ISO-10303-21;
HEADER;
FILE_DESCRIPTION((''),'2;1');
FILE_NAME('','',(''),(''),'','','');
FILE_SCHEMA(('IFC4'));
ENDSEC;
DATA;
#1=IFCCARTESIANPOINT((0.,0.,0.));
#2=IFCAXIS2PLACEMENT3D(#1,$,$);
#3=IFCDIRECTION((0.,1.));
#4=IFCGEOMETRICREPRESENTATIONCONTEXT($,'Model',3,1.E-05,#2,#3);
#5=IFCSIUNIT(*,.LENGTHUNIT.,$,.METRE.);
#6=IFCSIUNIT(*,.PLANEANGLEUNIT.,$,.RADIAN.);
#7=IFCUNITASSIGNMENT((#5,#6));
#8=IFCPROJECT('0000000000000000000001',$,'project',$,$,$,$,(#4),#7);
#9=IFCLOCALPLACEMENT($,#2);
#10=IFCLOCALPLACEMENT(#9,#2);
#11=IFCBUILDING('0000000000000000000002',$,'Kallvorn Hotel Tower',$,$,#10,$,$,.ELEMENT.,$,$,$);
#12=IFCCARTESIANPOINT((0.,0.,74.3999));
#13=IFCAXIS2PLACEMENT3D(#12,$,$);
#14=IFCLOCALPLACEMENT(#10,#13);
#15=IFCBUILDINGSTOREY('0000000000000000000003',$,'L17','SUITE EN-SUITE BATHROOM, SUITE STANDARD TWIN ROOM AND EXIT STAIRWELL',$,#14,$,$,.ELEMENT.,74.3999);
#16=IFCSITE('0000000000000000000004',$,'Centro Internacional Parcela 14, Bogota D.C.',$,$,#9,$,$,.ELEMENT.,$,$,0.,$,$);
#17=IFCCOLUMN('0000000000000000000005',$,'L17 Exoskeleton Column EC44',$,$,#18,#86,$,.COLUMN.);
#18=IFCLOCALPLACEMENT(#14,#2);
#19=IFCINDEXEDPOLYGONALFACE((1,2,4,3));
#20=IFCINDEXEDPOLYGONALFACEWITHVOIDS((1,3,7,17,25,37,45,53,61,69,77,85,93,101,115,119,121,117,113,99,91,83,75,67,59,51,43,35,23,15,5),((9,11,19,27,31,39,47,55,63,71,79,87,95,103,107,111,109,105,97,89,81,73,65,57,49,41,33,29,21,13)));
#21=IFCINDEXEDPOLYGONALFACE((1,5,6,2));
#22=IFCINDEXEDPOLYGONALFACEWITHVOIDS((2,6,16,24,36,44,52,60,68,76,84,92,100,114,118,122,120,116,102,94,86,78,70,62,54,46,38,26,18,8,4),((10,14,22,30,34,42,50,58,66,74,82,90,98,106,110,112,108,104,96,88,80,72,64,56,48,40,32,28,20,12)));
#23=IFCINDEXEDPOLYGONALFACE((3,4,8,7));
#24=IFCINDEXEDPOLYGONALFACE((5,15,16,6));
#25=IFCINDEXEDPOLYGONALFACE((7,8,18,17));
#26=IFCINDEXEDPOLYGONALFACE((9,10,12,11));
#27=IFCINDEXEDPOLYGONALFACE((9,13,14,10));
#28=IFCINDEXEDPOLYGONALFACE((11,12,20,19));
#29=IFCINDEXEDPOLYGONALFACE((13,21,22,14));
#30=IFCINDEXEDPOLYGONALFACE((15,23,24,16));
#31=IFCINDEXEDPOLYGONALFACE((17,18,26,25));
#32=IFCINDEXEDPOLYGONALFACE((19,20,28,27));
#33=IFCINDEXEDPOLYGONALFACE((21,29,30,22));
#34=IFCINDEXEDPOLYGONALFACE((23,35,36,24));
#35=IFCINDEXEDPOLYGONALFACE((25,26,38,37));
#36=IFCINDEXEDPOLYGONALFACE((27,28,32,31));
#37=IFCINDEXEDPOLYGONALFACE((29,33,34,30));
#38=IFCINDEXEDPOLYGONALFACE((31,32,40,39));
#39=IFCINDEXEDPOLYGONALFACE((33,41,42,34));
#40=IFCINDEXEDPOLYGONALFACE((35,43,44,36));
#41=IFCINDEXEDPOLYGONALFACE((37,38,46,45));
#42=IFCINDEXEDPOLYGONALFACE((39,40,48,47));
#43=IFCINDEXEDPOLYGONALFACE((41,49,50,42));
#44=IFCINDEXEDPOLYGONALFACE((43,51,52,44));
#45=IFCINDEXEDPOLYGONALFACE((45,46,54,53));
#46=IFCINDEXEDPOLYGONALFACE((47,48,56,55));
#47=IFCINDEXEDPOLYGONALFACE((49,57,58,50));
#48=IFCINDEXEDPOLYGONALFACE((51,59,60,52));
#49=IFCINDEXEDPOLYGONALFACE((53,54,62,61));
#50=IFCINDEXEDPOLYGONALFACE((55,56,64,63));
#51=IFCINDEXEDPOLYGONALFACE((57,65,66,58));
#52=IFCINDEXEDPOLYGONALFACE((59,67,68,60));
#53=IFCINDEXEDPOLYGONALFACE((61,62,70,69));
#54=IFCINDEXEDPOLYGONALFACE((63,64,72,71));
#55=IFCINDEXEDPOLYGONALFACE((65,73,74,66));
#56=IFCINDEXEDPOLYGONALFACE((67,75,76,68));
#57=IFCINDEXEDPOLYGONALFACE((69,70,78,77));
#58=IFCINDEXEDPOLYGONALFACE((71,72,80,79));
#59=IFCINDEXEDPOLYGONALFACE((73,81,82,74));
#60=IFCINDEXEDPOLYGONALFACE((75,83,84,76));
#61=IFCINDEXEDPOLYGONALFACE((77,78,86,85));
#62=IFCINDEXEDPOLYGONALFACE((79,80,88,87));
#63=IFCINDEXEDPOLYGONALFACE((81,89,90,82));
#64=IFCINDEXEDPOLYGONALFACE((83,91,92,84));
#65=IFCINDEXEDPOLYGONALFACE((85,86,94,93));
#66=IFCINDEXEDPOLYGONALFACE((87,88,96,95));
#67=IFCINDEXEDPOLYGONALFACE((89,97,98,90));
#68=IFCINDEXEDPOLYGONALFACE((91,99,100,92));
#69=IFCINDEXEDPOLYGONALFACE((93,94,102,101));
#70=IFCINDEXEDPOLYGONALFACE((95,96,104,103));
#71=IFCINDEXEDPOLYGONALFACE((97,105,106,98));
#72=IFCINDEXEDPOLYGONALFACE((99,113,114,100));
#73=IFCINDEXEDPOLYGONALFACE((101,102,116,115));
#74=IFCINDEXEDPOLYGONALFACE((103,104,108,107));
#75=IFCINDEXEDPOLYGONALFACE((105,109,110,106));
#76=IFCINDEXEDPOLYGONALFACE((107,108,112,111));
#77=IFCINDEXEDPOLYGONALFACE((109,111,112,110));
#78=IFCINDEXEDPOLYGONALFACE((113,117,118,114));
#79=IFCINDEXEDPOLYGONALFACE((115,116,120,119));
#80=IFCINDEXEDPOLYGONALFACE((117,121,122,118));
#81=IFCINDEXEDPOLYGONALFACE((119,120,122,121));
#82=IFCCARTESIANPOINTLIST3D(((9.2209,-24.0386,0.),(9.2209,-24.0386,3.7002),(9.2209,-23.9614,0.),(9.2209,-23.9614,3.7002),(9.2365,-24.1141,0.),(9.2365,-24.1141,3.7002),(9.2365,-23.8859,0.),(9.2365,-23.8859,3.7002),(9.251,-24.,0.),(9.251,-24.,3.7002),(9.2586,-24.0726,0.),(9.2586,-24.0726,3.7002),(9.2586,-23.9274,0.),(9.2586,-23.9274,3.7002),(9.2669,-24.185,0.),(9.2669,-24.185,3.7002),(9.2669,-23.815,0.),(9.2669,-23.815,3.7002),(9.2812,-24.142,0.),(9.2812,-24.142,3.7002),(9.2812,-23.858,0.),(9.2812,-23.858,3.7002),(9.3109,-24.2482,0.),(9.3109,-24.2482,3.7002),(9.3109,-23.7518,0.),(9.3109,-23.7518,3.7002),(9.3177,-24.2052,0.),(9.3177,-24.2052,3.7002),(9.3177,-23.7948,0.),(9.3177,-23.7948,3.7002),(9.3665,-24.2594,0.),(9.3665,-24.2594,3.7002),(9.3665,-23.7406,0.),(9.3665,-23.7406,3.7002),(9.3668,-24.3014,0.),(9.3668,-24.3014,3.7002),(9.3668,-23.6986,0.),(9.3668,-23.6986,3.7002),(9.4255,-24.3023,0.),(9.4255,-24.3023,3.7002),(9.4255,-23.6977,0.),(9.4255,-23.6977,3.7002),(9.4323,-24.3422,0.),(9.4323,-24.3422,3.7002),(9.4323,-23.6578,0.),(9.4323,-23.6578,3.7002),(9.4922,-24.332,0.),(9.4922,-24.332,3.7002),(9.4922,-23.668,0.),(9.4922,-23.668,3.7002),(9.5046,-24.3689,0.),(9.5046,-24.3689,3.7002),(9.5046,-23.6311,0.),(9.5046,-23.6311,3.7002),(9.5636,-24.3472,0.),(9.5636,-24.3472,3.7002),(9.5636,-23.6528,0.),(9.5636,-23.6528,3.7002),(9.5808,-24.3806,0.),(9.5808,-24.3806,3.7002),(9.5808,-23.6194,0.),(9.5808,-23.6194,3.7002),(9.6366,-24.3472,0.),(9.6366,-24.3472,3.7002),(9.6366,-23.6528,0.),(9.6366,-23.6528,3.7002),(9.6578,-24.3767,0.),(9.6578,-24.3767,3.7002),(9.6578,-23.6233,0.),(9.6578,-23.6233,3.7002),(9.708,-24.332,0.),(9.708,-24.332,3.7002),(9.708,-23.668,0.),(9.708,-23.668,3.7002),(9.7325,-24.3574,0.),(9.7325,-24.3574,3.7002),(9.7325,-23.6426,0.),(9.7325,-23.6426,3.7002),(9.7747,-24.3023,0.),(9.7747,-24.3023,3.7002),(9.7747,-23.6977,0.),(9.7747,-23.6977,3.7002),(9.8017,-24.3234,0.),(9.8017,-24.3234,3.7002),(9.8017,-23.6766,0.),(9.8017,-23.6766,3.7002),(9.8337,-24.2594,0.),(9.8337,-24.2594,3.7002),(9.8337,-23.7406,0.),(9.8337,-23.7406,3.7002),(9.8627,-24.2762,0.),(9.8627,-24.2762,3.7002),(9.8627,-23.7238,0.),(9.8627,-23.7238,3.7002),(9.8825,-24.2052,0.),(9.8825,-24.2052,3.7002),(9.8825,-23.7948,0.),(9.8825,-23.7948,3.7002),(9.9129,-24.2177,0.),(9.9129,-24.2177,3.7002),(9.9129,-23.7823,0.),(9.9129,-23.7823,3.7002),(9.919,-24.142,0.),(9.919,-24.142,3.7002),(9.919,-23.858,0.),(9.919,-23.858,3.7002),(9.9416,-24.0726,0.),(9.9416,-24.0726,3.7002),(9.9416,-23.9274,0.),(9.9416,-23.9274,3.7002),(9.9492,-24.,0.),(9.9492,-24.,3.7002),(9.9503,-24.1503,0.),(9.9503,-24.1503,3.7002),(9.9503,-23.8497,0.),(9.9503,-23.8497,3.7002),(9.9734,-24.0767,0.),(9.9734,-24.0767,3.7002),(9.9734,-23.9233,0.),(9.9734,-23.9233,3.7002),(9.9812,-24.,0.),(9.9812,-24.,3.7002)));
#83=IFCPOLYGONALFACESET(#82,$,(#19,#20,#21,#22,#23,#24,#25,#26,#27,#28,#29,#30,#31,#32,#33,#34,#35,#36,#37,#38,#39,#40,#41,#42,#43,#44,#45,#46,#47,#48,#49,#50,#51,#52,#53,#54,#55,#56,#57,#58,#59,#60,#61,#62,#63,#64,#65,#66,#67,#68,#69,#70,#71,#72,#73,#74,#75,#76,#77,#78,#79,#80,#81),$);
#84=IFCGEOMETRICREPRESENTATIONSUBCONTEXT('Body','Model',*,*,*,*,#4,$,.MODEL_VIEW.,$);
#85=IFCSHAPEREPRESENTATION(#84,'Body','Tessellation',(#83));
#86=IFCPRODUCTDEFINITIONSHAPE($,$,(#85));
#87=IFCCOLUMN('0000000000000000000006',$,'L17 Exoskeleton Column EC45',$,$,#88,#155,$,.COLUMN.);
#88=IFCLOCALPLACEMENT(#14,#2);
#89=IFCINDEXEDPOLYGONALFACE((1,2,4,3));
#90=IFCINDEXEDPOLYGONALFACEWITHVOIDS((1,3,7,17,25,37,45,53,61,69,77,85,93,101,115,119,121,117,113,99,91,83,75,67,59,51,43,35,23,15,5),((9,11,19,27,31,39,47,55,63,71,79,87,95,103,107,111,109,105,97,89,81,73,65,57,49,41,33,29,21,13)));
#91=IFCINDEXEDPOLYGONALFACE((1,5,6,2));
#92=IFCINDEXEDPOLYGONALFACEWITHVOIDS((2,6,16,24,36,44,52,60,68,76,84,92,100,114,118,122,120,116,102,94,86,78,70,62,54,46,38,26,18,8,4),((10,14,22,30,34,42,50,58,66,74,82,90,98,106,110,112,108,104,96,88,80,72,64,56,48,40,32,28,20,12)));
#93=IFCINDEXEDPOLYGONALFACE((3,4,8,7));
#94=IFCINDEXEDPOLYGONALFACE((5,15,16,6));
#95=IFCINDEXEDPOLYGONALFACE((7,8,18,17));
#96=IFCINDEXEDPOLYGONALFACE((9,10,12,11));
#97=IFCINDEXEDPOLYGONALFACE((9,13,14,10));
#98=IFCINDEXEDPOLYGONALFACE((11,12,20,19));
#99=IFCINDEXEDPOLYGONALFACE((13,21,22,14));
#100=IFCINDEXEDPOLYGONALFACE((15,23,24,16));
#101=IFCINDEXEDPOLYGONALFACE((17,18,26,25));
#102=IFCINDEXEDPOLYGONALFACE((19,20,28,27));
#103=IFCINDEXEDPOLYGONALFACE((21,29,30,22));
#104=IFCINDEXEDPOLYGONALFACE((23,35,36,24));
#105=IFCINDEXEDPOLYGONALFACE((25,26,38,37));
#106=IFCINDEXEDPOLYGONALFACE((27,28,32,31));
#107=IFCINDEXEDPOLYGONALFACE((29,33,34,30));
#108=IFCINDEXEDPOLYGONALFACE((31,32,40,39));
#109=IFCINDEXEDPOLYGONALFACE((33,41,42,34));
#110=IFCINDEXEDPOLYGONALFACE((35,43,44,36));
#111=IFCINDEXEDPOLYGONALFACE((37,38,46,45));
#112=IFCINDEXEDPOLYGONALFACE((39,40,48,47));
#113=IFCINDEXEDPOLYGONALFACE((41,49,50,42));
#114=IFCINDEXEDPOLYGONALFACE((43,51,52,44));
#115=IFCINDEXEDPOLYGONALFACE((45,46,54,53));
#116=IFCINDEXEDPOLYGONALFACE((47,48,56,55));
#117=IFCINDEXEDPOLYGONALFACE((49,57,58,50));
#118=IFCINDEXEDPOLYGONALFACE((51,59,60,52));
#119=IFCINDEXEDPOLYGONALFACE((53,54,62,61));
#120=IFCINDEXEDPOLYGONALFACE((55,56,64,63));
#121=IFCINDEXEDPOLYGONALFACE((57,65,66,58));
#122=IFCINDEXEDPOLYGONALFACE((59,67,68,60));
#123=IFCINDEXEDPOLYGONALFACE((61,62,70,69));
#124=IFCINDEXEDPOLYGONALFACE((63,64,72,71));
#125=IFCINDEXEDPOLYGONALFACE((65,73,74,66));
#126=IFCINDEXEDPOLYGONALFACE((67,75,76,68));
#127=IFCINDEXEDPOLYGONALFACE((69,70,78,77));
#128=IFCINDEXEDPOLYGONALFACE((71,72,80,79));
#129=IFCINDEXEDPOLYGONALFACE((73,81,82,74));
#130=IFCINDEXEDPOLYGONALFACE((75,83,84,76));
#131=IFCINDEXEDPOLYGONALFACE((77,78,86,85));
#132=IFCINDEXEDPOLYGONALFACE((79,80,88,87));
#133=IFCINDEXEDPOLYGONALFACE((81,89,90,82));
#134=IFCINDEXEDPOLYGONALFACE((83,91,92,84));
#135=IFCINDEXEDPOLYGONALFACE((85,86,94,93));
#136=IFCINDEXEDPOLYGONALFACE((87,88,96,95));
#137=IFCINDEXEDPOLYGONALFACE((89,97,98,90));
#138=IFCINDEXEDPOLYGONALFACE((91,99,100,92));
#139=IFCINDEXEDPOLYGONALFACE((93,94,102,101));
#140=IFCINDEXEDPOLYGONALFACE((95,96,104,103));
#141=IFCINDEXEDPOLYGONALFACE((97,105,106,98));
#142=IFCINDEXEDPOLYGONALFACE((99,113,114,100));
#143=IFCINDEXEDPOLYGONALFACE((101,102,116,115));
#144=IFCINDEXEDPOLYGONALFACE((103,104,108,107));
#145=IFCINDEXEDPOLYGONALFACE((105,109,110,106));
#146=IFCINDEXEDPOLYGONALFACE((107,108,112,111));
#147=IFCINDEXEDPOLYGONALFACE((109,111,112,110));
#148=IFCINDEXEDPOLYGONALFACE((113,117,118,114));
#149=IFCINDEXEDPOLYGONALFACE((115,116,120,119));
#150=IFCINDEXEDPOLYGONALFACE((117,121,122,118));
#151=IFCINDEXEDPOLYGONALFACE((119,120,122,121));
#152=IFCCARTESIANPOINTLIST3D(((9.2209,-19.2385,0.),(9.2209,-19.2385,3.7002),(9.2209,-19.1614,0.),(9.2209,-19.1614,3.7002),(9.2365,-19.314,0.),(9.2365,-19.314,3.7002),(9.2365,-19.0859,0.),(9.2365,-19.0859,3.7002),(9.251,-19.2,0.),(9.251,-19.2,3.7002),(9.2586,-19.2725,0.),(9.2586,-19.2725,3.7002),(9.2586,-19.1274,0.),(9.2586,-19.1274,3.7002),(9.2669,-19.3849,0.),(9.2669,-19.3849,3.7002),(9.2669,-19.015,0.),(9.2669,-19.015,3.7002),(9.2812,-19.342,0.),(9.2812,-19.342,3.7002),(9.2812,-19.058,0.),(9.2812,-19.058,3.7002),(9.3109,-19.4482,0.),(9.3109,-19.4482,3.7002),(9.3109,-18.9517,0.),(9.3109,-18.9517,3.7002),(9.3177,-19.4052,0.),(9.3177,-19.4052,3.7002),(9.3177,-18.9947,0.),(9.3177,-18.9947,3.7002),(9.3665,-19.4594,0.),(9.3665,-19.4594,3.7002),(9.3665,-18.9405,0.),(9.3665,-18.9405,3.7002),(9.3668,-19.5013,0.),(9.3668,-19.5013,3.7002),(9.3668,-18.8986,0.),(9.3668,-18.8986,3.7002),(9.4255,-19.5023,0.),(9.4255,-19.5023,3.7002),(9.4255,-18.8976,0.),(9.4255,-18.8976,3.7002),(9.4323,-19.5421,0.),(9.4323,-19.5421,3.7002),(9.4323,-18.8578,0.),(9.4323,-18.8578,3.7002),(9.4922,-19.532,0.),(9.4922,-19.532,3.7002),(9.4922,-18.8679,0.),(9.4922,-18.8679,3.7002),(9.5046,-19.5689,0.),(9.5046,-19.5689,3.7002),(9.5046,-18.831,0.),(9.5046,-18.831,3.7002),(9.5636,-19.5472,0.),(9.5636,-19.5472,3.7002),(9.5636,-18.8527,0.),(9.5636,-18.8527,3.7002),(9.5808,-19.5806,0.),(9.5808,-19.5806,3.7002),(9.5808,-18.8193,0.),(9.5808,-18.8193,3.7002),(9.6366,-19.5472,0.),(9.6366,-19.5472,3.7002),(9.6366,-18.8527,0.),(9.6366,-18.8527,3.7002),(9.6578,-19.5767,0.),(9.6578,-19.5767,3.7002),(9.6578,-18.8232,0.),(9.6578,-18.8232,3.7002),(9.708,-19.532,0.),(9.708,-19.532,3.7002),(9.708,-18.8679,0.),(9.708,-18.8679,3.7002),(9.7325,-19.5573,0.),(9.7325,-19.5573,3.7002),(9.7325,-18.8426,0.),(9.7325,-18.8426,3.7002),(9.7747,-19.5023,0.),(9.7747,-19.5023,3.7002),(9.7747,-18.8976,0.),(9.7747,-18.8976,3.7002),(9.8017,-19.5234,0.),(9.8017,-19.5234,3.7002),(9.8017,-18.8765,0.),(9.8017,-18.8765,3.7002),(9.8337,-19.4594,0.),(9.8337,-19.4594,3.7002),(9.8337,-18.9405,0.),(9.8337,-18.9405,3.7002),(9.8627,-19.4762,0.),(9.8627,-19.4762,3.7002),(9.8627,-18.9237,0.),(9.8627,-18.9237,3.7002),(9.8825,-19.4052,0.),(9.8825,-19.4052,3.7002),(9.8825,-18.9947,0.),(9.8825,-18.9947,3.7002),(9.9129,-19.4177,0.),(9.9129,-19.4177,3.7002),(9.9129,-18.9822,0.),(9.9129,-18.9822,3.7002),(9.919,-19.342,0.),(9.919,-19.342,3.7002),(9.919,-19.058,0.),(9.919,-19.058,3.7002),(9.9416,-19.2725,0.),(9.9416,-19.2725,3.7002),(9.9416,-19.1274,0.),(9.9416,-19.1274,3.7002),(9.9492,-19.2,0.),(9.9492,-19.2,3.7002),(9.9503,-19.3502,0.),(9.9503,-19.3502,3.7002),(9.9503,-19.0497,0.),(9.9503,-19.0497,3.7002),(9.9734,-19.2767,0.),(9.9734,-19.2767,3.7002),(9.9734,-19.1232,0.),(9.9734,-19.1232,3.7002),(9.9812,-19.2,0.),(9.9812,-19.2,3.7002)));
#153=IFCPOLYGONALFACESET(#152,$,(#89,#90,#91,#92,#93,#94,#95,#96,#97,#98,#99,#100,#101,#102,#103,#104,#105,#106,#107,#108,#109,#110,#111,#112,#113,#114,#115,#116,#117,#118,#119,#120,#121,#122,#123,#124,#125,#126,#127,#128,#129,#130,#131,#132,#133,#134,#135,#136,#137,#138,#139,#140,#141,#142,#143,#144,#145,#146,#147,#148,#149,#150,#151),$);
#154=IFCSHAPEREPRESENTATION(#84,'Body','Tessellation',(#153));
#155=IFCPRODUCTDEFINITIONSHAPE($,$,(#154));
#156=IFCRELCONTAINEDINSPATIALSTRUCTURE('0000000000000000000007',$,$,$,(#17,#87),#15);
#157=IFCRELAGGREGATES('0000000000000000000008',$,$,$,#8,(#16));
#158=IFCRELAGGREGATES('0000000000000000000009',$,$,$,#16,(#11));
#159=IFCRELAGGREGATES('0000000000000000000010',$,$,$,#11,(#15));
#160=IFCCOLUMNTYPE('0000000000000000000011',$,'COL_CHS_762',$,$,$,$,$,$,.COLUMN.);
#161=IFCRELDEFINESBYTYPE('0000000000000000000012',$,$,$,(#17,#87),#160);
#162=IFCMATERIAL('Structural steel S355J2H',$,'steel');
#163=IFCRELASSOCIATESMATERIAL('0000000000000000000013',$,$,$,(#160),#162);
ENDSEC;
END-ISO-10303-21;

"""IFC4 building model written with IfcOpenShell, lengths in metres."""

from ifc_helpers import new_model, si_unit, direction, frame, origin, origin_2d, place, context, subcontext, project, spatial, hollow_circle, extrude, material, material_profile, profile_set, type_object, element, save


model = new_model("IFC4")

# Units and contexts
model_context = context("Model", 3, precision=1e-05, world=origin(), true_north=direction((0.0, 1.0)))
body_context = subcontext(model_context, "Body", "Model", "MODEL_VIEW")
ifc_project = project(units=[si_unit("LENGTHUNIT", "METRE"), si_unit("PLANEANGLEUNIT", "RADIAN")], contexts=[model_context])

# Site, building, storey
site_placement = place(None, origin())
site = spatial("IfcSite", under=ifc_project, at=site_placement, Name="Centro Internacional Parcela 14, Bogota D.C.", CompositionType="ELEMENT", RefElevation=0.0)
building_placement = place(site_placement, origin())
building = spatial("IfcBuilding", under=site, at=building_placement, Name="Kallvorn Hotel Tower", CompositionType="ELEMENT")
storey_placement = place(building_placement, frame((0.0, 0.0, 74.3999)))
storey = spatial("IfcBuildingStorey", under=building, at=storey_placement, Name="L17", Description="SUITE EN-SUITE BATHROOM, SUITE STANDARD TWIN ROOM AND EXIT STAIRWELL", CompositionType="ELEMENT", Elevation=74.3999)

# Columns
ifc_material_1 = material(Name="Structural steel S355J2H", Category="steel")
ifc_material_profile_1 = material_profile(ifc_material_1, hollow_circle(Radius=0.3811, WallThickness=0.032, at=origin_2d()), Name="CHS 762x32")
ifc_profile_set_1 = profile_set([ifc_material_profile_1], Name="Structural steel S355J2H")
column_type_1 = type_object("IfcColumnType", Name="COL_CHS_762", PredefinedType="COLUMN", material=ifc_profile_set_1)
for number, where, z_axis, x_axis, name in (
    (1, (9.6001, -24.0, 0.0), (0.0, 0.0, 1.0), (1.0, 0.0, 0.0), "L17 Exoskeleton Column EC44"),
    (2, (9.6001, -19.2, 0.0), (0.0, 0.0, 1.0), (1.0, 0.0, 0.0), "L17 Exoskeleton Column EC45"),
):
    element("IfcColumn", number, at=place(storey_placement, frame(where, z_axis=z_axis, x_axis=x_axis)), inside=storey, type_object=column_type_1, Name=name, PredefinedType="COLUMN", context=body_context, shape_type="SweptSolid", body=[
        extrude(hollow_circle(Radius=0.3811, WallThickness=0.032, at=origin_2d()), origin(), (0.0, 0.0, 1.0), 3.7002),
    ])

save(model, "model.ifc")
